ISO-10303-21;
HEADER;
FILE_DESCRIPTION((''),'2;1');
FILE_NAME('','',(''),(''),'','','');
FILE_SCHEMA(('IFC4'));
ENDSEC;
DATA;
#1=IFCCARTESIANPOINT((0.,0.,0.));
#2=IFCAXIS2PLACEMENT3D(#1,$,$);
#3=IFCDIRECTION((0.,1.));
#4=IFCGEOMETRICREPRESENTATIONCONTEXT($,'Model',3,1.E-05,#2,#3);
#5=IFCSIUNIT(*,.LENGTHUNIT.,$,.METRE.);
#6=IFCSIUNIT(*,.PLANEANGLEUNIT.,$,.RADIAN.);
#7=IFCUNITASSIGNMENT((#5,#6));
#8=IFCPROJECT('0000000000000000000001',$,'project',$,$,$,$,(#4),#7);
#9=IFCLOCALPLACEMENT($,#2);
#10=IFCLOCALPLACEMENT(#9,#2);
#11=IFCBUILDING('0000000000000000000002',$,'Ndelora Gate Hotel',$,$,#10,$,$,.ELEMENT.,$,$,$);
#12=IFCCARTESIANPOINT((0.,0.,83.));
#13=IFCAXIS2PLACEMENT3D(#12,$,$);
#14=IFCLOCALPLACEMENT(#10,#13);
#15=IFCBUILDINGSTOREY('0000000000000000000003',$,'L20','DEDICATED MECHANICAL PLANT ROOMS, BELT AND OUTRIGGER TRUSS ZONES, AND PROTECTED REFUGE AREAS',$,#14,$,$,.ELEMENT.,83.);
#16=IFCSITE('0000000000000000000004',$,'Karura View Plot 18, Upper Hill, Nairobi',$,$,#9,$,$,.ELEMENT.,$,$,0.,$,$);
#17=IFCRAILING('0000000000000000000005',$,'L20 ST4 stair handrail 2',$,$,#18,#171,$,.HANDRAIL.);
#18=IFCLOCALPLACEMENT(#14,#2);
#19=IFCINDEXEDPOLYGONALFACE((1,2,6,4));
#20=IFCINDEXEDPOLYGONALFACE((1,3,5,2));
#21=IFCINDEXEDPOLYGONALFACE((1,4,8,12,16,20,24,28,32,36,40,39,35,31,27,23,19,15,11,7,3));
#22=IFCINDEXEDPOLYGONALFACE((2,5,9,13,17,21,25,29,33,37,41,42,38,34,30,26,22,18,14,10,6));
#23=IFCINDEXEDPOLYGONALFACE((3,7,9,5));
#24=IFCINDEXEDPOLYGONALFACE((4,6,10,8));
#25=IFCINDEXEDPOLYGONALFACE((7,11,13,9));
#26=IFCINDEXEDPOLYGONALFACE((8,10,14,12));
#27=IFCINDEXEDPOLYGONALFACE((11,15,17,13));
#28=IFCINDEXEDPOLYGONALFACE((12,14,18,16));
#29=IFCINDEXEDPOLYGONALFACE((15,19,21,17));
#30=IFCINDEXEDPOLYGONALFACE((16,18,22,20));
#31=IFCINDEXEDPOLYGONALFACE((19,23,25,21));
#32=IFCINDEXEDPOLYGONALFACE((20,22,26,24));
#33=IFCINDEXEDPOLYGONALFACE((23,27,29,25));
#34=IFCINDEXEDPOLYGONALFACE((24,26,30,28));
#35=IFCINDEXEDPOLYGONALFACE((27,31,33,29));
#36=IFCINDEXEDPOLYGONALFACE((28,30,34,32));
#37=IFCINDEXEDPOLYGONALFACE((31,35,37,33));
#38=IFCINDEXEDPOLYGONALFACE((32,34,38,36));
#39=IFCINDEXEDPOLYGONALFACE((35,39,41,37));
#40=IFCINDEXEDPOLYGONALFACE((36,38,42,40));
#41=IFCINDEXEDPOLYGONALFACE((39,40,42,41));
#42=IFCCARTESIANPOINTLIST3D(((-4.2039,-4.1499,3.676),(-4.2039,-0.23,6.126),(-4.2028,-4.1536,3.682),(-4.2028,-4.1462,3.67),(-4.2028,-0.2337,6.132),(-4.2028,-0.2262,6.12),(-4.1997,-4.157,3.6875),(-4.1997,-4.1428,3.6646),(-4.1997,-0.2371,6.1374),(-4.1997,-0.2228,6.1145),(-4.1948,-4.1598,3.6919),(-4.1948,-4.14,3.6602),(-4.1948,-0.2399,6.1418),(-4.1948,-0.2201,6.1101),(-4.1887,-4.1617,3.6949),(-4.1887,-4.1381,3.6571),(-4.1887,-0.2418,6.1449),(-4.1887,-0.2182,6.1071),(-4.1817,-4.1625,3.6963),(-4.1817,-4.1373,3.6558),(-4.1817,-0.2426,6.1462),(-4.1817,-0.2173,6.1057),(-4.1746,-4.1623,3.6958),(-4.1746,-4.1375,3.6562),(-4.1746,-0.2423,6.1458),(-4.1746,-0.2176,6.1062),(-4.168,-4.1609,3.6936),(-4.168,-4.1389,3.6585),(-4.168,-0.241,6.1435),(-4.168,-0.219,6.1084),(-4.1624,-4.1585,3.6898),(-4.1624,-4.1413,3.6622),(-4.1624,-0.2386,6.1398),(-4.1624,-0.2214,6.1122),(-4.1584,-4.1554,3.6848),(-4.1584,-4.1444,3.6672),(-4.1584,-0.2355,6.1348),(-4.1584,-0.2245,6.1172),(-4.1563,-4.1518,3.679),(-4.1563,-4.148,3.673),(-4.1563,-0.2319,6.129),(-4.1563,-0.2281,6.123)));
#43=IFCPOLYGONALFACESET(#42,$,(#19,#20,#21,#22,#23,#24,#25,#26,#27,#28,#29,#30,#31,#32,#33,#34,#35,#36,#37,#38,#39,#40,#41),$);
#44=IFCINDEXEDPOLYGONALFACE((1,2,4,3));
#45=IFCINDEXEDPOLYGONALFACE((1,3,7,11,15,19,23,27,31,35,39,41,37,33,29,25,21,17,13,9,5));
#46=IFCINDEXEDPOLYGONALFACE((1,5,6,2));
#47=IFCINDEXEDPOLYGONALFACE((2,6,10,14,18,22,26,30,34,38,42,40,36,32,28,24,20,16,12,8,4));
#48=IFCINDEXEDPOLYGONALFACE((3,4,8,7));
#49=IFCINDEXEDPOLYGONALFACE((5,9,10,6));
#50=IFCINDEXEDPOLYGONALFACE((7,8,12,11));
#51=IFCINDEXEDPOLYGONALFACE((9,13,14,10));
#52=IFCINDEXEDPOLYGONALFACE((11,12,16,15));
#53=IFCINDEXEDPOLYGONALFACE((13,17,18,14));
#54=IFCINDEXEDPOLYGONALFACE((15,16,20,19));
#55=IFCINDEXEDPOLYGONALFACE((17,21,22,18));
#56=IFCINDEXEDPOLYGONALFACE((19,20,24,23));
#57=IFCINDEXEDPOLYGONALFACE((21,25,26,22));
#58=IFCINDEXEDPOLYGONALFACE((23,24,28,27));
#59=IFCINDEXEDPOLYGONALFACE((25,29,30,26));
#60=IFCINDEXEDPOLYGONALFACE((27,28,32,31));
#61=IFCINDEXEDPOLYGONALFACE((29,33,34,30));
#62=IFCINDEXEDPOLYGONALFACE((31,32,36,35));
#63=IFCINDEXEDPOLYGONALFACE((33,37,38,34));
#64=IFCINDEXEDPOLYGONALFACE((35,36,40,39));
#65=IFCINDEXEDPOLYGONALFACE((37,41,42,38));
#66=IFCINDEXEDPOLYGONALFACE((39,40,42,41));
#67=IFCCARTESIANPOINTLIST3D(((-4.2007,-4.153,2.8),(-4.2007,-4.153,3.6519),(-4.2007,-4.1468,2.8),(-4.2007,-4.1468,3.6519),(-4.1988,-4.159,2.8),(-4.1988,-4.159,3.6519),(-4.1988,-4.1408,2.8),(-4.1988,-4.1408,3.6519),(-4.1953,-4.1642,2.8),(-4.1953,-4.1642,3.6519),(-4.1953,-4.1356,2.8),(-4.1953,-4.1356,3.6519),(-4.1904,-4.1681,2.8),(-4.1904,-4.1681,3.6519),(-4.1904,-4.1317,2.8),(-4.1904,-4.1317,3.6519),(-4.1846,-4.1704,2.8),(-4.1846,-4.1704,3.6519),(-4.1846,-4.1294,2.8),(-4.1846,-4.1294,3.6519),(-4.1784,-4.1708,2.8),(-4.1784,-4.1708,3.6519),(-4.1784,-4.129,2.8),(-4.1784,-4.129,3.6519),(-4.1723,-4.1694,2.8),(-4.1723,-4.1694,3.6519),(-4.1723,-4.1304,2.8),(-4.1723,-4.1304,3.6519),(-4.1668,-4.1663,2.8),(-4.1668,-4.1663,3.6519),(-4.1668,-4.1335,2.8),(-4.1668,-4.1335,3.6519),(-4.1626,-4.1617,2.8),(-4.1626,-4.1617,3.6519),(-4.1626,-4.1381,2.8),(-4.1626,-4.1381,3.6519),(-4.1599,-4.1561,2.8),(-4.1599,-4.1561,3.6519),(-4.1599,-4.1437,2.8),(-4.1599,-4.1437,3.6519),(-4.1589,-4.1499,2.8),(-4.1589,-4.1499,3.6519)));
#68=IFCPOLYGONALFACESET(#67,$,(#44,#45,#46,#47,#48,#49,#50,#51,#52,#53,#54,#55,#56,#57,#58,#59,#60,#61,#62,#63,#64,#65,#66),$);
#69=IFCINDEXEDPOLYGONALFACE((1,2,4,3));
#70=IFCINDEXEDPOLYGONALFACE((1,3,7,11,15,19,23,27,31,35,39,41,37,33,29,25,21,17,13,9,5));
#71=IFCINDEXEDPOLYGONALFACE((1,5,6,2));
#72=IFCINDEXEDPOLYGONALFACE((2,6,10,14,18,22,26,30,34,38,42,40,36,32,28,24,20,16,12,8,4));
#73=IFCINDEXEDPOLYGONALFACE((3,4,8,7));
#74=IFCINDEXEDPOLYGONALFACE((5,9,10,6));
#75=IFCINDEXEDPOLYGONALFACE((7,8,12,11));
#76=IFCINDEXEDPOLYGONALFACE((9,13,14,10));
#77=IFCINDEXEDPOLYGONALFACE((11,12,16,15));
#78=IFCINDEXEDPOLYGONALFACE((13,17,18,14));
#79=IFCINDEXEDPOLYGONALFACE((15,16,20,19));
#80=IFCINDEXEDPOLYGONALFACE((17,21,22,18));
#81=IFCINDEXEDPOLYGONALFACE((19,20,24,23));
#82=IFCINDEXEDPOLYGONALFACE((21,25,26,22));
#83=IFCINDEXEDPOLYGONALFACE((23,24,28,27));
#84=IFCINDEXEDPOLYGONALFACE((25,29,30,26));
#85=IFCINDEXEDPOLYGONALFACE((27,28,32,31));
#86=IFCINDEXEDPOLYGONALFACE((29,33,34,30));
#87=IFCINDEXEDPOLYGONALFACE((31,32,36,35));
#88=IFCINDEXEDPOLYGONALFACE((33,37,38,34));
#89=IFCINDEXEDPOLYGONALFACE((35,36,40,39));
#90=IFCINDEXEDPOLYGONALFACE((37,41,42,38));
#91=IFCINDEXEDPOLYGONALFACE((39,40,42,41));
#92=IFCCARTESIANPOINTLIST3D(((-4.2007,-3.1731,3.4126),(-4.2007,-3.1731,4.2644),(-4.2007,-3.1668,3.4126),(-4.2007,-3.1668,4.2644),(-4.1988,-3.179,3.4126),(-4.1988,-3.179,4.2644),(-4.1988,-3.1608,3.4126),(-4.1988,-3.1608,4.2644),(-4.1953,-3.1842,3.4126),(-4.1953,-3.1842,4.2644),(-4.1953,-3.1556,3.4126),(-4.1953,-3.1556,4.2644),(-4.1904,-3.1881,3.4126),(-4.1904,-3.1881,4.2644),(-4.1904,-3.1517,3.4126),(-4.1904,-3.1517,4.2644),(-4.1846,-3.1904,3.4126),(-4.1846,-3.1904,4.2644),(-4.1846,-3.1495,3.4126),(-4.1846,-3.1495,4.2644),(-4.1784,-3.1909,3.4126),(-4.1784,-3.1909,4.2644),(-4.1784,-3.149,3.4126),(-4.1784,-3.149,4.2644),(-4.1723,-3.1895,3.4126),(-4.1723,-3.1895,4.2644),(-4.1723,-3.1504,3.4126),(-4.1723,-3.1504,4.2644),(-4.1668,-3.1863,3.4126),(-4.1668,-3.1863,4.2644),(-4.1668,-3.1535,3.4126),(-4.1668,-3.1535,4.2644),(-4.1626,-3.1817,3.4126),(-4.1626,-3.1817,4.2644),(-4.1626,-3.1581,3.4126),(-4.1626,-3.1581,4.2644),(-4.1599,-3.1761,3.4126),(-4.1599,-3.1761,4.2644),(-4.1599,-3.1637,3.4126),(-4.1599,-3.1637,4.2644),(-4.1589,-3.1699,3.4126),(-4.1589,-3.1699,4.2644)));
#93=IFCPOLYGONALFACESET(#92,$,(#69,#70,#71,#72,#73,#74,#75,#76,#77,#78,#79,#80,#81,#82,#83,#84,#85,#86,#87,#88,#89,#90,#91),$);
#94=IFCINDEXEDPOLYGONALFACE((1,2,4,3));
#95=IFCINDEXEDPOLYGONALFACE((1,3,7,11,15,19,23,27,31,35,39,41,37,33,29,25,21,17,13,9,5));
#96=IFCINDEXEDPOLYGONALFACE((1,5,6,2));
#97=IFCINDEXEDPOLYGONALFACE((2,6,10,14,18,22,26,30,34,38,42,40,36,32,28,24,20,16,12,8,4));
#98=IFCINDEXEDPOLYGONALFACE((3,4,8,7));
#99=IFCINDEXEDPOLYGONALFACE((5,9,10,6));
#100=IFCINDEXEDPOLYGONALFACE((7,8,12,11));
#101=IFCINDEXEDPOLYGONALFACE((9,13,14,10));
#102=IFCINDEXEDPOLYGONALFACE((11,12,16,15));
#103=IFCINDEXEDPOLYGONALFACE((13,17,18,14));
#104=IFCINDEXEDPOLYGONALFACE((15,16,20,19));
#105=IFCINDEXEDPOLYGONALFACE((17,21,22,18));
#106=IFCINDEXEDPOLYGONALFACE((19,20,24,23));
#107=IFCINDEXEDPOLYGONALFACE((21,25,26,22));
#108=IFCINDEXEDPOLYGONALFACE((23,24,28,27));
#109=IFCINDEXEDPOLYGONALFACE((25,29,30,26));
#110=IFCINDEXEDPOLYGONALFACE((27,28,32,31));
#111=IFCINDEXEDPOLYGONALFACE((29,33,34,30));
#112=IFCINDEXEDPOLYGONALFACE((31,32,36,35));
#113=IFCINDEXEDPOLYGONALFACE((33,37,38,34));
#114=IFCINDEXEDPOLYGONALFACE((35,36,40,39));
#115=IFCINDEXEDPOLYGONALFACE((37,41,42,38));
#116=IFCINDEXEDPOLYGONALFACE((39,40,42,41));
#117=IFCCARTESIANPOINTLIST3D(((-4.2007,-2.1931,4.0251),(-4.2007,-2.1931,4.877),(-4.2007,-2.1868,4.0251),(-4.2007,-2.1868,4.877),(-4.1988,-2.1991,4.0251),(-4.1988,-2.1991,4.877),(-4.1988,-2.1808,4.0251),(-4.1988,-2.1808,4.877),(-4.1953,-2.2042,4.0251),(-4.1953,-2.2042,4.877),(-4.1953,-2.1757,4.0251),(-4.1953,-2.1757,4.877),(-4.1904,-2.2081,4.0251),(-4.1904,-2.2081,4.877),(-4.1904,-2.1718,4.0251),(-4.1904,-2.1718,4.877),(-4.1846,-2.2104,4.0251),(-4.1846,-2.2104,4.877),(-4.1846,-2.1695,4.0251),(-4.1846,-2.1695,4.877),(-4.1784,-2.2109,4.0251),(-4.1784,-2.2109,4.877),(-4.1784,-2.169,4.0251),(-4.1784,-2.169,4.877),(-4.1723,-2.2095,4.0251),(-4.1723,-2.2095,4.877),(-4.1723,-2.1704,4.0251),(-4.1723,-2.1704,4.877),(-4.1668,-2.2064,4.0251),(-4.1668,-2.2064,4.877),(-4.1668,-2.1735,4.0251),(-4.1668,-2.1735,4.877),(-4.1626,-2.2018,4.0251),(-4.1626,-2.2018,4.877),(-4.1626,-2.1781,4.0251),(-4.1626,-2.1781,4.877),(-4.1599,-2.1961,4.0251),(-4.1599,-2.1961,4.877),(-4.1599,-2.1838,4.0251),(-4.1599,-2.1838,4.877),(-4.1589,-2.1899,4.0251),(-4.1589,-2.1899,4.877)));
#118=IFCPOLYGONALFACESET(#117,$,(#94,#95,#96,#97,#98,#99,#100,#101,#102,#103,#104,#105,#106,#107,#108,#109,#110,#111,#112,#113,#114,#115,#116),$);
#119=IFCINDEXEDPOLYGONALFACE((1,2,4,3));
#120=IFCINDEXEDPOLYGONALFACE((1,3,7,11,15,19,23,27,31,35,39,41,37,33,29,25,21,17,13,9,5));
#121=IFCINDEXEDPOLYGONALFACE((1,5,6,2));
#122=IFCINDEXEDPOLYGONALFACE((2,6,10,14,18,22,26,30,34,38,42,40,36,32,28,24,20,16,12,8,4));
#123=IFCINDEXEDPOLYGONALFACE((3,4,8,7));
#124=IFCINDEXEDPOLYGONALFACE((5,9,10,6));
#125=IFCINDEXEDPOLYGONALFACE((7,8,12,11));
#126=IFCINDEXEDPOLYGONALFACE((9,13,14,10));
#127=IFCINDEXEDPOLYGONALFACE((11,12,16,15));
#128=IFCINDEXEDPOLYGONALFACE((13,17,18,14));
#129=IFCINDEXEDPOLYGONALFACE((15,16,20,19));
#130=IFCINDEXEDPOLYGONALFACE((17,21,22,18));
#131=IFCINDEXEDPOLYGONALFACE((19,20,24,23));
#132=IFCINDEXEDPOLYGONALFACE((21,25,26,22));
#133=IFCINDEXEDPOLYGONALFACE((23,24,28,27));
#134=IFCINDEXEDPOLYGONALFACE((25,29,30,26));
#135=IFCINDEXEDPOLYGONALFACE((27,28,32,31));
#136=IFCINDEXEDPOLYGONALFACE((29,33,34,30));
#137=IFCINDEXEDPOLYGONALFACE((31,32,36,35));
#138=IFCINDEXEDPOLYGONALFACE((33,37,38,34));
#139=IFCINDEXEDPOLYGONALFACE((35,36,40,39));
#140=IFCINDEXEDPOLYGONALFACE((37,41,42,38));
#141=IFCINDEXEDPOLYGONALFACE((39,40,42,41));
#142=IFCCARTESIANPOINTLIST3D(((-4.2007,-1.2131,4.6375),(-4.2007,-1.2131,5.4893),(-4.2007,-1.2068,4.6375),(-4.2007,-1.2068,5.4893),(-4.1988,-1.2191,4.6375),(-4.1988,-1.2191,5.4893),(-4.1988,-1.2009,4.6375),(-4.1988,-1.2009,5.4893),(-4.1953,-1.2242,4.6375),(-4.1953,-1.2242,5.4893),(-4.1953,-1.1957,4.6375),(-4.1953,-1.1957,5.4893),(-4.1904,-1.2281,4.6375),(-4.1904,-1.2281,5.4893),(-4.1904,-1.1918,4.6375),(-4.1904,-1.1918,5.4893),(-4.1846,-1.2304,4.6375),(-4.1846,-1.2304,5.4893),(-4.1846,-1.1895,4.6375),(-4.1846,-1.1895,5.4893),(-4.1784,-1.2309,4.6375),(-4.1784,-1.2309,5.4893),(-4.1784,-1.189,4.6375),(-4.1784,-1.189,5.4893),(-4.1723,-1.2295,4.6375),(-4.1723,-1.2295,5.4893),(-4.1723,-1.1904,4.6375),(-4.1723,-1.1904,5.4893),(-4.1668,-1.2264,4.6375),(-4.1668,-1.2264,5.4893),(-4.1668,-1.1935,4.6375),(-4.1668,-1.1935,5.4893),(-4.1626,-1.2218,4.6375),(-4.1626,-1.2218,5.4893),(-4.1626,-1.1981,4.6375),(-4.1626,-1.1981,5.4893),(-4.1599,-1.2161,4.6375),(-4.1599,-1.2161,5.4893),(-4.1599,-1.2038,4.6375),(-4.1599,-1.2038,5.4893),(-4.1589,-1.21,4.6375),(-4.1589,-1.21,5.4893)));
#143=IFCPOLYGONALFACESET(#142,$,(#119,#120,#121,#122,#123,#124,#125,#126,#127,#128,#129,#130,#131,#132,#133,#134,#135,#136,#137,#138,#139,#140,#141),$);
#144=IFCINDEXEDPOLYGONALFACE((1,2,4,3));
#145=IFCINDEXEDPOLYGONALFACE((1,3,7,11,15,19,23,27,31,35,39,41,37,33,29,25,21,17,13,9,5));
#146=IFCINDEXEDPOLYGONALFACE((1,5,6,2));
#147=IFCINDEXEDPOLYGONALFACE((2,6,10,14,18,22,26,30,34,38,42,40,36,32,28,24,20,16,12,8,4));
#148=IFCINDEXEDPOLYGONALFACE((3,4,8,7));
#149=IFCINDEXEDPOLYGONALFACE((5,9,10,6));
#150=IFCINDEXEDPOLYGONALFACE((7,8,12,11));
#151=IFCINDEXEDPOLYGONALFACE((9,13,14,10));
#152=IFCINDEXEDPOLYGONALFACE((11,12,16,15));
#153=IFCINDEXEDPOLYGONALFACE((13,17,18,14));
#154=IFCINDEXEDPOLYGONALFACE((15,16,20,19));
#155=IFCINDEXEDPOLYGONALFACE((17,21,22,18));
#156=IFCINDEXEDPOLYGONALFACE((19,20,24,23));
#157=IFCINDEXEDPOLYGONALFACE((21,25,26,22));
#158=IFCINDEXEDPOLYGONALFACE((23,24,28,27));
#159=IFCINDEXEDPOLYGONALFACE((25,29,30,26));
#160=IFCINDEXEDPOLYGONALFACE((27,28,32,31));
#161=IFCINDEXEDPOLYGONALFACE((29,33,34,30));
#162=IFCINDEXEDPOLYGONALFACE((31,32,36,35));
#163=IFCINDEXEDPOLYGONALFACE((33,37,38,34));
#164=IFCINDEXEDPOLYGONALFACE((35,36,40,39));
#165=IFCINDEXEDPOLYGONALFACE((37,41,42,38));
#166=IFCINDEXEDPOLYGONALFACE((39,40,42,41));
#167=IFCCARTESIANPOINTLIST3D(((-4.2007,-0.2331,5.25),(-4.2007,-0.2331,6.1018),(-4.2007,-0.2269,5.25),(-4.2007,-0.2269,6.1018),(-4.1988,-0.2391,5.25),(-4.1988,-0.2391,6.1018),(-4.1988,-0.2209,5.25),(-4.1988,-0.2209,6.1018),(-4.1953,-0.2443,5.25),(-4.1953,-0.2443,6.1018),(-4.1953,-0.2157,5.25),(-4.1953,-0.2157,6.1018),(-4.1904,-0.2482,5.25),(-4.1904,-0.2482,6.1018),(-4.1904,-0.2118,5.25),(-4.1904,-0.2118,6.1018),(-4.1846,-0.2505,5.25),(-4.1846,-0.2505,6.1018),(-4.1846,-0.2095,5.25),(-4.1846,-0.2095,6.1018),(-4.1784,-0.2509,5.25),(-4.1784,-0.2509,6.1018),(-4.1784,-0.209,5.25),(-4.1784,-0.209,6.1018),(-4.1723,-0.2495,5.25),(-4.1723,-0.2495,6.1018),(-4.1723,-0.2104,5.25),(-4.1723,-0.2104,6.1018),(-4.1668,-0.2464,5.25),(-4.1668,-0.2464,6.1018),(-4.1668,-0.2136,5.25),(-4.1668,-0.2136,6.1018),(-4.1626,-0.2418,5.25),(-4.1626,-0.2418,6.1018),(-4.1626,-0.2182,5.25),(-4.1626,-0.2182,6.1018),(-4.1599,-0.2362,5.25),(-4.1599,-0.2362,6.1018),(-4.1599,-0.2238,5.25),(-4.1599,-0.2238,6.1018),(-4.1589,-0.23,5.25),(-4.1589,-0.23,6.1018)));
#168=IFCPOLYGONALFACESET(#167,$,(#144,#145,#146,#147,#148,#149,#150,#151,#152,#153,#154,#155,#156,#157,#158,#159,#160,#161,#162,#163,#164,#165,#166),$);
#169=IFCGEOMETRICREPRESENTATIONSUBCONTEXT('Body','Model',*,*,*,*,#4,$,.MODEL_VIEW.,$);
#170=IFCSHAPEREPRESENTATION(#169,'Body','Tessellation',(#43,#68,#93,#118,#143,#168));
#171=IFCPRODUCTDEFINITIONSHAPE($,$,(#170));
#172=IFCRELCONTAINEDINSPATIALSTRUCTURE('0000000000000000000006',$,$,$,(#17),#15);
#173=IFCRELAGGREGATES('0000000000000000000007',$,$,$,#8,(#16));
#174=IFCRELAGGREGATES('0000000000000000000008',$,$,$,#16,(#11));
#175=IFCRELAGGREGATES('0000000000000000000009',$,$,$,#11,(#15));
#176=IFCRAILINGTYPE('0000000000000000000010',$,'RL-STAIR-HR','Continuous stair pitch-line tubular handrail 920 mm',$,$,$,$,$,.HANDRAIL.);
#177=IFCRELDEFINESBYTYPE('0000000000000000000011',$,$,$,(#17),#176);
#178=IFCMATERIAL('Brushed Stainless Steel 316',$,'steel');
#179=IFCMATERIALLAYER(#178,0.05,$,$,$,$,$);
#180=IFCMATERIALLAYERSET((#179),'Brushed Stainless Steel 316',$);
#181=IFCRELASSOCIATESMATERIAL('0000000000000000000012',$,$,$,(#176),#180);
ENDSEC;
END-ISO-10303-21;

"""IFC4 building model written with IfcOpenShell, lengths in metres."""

from ifc_helpers import new_model, si_unit, direction, frame, origin, origin_2d, place, context, subcontext, project, spatial, circle, extrude, material, layer, layer_set, type_object, element, save


model = new_model("IFC4")

# Units and contexts
model_context = context("Model", 3, precision=1e-05, world=origin(), true_north=direction((0.0, 1.0)))
body_context = subcontext(model_context, "Body", "Model", "MODEL_VIEW")
ifc_project = project(units=[si_unit("LENGTHUNIT", "METRE"), si_unit("PLANEANGLEUNIT", "RADIAN")], contexts=[model_context])

# Site, building, storey
site_placement = place(None, origin())
site = spatial("IfcSite", under=ifc_project, at=site_placement, Name="Karura View Plot 18, Upper Hill, Nairobi", CompositionType="ELEMENT", RefElevation=0.0)
building_placement = place(site_placement, origin())
building = spatial("IfcBuilding", under=site, at=building_placement, Name="Ndelora Gate Hotel", CompositionType="ELEMENT")
storey_placement = place(building_placement, frame((0.0, 0.0, 83.0)))
storey = spatial("IfcBuildingStorey", under=building, at=storey_placement, Name="L20", Description="DEDICATED MECHANICAL PLANT ROOMS, BELT AND OUTRIGGER TRUSS ZONES, AND PROTECTED REFUGE AREAS", CompositionType="ELEMENT", Elevation=83.0)

# Railing
ifc_material_1 = material(Name="Brushed Stainless Steel 316", Category="steel")
ifc_layer_1 = layer(ifc_material_1, 0.05)
ifc_layer_set_1 = layer_set([ifc_layer_1], Name="Brushed Stainless Steel 316")
railing_type_1 = type_object("IfcRailingType", Name="RL-STAIR-HR", Description="Continuous stair pitch-line tubular handrail 920 mm", PredefinedType="HANDRAIL", material=ifc_layer_set_1)
railing_1_placement = place(storey_placement, frame((-4.1799, -4.1499, 2.8)))
element("IfcRailing", 1, at=railing_1_placement, inside=storey, type_object=railing_type_1, Name="L20 ST4 stair handrail 2", PredefinedType="HANDRAIL", context=body_context, shape_type="SweptSolid", body=[
    extrude(circle(Radius=0.0239, at=origin_2d()), frame((0.0, 0.0, 0.876), z_axis=(0.0, 0.847998, 0.529999), x_axis=(-1.0, 0.0, 0.0)), (0.0, 0.0, 1.0), 4.6226),
    extrude(circle(Radius=0.021, at=origin_2d()), origin(), (0.0, 0.0, 1.0), 0.8518),
    extrude(circle(Radius=0.021, at=origin_2d()), frame((0.0, 0.98, 0.6125)), (0.0, 0.0, 1.0), 0.8518),
    extrude(circle(Radius=0.021, at=origin_2d()), frame((0.0, 1.96, 1.2251)), (0.0, 0.0, 1.0), 0.8518),
    extrude(circle(Radius=0.021, at=origin_2d()), frame((0.0, 2.9399, 1.8374)), (0.0, 0.0, 1.0), 0.8518),
    extrude(circle(Radius=0.021, at=origin_2d()), frame((0.0, 3.9199, 2.45)), (0.0, 0.0, 1.0), 0.8518),
])

save(model, "model.ifc")
